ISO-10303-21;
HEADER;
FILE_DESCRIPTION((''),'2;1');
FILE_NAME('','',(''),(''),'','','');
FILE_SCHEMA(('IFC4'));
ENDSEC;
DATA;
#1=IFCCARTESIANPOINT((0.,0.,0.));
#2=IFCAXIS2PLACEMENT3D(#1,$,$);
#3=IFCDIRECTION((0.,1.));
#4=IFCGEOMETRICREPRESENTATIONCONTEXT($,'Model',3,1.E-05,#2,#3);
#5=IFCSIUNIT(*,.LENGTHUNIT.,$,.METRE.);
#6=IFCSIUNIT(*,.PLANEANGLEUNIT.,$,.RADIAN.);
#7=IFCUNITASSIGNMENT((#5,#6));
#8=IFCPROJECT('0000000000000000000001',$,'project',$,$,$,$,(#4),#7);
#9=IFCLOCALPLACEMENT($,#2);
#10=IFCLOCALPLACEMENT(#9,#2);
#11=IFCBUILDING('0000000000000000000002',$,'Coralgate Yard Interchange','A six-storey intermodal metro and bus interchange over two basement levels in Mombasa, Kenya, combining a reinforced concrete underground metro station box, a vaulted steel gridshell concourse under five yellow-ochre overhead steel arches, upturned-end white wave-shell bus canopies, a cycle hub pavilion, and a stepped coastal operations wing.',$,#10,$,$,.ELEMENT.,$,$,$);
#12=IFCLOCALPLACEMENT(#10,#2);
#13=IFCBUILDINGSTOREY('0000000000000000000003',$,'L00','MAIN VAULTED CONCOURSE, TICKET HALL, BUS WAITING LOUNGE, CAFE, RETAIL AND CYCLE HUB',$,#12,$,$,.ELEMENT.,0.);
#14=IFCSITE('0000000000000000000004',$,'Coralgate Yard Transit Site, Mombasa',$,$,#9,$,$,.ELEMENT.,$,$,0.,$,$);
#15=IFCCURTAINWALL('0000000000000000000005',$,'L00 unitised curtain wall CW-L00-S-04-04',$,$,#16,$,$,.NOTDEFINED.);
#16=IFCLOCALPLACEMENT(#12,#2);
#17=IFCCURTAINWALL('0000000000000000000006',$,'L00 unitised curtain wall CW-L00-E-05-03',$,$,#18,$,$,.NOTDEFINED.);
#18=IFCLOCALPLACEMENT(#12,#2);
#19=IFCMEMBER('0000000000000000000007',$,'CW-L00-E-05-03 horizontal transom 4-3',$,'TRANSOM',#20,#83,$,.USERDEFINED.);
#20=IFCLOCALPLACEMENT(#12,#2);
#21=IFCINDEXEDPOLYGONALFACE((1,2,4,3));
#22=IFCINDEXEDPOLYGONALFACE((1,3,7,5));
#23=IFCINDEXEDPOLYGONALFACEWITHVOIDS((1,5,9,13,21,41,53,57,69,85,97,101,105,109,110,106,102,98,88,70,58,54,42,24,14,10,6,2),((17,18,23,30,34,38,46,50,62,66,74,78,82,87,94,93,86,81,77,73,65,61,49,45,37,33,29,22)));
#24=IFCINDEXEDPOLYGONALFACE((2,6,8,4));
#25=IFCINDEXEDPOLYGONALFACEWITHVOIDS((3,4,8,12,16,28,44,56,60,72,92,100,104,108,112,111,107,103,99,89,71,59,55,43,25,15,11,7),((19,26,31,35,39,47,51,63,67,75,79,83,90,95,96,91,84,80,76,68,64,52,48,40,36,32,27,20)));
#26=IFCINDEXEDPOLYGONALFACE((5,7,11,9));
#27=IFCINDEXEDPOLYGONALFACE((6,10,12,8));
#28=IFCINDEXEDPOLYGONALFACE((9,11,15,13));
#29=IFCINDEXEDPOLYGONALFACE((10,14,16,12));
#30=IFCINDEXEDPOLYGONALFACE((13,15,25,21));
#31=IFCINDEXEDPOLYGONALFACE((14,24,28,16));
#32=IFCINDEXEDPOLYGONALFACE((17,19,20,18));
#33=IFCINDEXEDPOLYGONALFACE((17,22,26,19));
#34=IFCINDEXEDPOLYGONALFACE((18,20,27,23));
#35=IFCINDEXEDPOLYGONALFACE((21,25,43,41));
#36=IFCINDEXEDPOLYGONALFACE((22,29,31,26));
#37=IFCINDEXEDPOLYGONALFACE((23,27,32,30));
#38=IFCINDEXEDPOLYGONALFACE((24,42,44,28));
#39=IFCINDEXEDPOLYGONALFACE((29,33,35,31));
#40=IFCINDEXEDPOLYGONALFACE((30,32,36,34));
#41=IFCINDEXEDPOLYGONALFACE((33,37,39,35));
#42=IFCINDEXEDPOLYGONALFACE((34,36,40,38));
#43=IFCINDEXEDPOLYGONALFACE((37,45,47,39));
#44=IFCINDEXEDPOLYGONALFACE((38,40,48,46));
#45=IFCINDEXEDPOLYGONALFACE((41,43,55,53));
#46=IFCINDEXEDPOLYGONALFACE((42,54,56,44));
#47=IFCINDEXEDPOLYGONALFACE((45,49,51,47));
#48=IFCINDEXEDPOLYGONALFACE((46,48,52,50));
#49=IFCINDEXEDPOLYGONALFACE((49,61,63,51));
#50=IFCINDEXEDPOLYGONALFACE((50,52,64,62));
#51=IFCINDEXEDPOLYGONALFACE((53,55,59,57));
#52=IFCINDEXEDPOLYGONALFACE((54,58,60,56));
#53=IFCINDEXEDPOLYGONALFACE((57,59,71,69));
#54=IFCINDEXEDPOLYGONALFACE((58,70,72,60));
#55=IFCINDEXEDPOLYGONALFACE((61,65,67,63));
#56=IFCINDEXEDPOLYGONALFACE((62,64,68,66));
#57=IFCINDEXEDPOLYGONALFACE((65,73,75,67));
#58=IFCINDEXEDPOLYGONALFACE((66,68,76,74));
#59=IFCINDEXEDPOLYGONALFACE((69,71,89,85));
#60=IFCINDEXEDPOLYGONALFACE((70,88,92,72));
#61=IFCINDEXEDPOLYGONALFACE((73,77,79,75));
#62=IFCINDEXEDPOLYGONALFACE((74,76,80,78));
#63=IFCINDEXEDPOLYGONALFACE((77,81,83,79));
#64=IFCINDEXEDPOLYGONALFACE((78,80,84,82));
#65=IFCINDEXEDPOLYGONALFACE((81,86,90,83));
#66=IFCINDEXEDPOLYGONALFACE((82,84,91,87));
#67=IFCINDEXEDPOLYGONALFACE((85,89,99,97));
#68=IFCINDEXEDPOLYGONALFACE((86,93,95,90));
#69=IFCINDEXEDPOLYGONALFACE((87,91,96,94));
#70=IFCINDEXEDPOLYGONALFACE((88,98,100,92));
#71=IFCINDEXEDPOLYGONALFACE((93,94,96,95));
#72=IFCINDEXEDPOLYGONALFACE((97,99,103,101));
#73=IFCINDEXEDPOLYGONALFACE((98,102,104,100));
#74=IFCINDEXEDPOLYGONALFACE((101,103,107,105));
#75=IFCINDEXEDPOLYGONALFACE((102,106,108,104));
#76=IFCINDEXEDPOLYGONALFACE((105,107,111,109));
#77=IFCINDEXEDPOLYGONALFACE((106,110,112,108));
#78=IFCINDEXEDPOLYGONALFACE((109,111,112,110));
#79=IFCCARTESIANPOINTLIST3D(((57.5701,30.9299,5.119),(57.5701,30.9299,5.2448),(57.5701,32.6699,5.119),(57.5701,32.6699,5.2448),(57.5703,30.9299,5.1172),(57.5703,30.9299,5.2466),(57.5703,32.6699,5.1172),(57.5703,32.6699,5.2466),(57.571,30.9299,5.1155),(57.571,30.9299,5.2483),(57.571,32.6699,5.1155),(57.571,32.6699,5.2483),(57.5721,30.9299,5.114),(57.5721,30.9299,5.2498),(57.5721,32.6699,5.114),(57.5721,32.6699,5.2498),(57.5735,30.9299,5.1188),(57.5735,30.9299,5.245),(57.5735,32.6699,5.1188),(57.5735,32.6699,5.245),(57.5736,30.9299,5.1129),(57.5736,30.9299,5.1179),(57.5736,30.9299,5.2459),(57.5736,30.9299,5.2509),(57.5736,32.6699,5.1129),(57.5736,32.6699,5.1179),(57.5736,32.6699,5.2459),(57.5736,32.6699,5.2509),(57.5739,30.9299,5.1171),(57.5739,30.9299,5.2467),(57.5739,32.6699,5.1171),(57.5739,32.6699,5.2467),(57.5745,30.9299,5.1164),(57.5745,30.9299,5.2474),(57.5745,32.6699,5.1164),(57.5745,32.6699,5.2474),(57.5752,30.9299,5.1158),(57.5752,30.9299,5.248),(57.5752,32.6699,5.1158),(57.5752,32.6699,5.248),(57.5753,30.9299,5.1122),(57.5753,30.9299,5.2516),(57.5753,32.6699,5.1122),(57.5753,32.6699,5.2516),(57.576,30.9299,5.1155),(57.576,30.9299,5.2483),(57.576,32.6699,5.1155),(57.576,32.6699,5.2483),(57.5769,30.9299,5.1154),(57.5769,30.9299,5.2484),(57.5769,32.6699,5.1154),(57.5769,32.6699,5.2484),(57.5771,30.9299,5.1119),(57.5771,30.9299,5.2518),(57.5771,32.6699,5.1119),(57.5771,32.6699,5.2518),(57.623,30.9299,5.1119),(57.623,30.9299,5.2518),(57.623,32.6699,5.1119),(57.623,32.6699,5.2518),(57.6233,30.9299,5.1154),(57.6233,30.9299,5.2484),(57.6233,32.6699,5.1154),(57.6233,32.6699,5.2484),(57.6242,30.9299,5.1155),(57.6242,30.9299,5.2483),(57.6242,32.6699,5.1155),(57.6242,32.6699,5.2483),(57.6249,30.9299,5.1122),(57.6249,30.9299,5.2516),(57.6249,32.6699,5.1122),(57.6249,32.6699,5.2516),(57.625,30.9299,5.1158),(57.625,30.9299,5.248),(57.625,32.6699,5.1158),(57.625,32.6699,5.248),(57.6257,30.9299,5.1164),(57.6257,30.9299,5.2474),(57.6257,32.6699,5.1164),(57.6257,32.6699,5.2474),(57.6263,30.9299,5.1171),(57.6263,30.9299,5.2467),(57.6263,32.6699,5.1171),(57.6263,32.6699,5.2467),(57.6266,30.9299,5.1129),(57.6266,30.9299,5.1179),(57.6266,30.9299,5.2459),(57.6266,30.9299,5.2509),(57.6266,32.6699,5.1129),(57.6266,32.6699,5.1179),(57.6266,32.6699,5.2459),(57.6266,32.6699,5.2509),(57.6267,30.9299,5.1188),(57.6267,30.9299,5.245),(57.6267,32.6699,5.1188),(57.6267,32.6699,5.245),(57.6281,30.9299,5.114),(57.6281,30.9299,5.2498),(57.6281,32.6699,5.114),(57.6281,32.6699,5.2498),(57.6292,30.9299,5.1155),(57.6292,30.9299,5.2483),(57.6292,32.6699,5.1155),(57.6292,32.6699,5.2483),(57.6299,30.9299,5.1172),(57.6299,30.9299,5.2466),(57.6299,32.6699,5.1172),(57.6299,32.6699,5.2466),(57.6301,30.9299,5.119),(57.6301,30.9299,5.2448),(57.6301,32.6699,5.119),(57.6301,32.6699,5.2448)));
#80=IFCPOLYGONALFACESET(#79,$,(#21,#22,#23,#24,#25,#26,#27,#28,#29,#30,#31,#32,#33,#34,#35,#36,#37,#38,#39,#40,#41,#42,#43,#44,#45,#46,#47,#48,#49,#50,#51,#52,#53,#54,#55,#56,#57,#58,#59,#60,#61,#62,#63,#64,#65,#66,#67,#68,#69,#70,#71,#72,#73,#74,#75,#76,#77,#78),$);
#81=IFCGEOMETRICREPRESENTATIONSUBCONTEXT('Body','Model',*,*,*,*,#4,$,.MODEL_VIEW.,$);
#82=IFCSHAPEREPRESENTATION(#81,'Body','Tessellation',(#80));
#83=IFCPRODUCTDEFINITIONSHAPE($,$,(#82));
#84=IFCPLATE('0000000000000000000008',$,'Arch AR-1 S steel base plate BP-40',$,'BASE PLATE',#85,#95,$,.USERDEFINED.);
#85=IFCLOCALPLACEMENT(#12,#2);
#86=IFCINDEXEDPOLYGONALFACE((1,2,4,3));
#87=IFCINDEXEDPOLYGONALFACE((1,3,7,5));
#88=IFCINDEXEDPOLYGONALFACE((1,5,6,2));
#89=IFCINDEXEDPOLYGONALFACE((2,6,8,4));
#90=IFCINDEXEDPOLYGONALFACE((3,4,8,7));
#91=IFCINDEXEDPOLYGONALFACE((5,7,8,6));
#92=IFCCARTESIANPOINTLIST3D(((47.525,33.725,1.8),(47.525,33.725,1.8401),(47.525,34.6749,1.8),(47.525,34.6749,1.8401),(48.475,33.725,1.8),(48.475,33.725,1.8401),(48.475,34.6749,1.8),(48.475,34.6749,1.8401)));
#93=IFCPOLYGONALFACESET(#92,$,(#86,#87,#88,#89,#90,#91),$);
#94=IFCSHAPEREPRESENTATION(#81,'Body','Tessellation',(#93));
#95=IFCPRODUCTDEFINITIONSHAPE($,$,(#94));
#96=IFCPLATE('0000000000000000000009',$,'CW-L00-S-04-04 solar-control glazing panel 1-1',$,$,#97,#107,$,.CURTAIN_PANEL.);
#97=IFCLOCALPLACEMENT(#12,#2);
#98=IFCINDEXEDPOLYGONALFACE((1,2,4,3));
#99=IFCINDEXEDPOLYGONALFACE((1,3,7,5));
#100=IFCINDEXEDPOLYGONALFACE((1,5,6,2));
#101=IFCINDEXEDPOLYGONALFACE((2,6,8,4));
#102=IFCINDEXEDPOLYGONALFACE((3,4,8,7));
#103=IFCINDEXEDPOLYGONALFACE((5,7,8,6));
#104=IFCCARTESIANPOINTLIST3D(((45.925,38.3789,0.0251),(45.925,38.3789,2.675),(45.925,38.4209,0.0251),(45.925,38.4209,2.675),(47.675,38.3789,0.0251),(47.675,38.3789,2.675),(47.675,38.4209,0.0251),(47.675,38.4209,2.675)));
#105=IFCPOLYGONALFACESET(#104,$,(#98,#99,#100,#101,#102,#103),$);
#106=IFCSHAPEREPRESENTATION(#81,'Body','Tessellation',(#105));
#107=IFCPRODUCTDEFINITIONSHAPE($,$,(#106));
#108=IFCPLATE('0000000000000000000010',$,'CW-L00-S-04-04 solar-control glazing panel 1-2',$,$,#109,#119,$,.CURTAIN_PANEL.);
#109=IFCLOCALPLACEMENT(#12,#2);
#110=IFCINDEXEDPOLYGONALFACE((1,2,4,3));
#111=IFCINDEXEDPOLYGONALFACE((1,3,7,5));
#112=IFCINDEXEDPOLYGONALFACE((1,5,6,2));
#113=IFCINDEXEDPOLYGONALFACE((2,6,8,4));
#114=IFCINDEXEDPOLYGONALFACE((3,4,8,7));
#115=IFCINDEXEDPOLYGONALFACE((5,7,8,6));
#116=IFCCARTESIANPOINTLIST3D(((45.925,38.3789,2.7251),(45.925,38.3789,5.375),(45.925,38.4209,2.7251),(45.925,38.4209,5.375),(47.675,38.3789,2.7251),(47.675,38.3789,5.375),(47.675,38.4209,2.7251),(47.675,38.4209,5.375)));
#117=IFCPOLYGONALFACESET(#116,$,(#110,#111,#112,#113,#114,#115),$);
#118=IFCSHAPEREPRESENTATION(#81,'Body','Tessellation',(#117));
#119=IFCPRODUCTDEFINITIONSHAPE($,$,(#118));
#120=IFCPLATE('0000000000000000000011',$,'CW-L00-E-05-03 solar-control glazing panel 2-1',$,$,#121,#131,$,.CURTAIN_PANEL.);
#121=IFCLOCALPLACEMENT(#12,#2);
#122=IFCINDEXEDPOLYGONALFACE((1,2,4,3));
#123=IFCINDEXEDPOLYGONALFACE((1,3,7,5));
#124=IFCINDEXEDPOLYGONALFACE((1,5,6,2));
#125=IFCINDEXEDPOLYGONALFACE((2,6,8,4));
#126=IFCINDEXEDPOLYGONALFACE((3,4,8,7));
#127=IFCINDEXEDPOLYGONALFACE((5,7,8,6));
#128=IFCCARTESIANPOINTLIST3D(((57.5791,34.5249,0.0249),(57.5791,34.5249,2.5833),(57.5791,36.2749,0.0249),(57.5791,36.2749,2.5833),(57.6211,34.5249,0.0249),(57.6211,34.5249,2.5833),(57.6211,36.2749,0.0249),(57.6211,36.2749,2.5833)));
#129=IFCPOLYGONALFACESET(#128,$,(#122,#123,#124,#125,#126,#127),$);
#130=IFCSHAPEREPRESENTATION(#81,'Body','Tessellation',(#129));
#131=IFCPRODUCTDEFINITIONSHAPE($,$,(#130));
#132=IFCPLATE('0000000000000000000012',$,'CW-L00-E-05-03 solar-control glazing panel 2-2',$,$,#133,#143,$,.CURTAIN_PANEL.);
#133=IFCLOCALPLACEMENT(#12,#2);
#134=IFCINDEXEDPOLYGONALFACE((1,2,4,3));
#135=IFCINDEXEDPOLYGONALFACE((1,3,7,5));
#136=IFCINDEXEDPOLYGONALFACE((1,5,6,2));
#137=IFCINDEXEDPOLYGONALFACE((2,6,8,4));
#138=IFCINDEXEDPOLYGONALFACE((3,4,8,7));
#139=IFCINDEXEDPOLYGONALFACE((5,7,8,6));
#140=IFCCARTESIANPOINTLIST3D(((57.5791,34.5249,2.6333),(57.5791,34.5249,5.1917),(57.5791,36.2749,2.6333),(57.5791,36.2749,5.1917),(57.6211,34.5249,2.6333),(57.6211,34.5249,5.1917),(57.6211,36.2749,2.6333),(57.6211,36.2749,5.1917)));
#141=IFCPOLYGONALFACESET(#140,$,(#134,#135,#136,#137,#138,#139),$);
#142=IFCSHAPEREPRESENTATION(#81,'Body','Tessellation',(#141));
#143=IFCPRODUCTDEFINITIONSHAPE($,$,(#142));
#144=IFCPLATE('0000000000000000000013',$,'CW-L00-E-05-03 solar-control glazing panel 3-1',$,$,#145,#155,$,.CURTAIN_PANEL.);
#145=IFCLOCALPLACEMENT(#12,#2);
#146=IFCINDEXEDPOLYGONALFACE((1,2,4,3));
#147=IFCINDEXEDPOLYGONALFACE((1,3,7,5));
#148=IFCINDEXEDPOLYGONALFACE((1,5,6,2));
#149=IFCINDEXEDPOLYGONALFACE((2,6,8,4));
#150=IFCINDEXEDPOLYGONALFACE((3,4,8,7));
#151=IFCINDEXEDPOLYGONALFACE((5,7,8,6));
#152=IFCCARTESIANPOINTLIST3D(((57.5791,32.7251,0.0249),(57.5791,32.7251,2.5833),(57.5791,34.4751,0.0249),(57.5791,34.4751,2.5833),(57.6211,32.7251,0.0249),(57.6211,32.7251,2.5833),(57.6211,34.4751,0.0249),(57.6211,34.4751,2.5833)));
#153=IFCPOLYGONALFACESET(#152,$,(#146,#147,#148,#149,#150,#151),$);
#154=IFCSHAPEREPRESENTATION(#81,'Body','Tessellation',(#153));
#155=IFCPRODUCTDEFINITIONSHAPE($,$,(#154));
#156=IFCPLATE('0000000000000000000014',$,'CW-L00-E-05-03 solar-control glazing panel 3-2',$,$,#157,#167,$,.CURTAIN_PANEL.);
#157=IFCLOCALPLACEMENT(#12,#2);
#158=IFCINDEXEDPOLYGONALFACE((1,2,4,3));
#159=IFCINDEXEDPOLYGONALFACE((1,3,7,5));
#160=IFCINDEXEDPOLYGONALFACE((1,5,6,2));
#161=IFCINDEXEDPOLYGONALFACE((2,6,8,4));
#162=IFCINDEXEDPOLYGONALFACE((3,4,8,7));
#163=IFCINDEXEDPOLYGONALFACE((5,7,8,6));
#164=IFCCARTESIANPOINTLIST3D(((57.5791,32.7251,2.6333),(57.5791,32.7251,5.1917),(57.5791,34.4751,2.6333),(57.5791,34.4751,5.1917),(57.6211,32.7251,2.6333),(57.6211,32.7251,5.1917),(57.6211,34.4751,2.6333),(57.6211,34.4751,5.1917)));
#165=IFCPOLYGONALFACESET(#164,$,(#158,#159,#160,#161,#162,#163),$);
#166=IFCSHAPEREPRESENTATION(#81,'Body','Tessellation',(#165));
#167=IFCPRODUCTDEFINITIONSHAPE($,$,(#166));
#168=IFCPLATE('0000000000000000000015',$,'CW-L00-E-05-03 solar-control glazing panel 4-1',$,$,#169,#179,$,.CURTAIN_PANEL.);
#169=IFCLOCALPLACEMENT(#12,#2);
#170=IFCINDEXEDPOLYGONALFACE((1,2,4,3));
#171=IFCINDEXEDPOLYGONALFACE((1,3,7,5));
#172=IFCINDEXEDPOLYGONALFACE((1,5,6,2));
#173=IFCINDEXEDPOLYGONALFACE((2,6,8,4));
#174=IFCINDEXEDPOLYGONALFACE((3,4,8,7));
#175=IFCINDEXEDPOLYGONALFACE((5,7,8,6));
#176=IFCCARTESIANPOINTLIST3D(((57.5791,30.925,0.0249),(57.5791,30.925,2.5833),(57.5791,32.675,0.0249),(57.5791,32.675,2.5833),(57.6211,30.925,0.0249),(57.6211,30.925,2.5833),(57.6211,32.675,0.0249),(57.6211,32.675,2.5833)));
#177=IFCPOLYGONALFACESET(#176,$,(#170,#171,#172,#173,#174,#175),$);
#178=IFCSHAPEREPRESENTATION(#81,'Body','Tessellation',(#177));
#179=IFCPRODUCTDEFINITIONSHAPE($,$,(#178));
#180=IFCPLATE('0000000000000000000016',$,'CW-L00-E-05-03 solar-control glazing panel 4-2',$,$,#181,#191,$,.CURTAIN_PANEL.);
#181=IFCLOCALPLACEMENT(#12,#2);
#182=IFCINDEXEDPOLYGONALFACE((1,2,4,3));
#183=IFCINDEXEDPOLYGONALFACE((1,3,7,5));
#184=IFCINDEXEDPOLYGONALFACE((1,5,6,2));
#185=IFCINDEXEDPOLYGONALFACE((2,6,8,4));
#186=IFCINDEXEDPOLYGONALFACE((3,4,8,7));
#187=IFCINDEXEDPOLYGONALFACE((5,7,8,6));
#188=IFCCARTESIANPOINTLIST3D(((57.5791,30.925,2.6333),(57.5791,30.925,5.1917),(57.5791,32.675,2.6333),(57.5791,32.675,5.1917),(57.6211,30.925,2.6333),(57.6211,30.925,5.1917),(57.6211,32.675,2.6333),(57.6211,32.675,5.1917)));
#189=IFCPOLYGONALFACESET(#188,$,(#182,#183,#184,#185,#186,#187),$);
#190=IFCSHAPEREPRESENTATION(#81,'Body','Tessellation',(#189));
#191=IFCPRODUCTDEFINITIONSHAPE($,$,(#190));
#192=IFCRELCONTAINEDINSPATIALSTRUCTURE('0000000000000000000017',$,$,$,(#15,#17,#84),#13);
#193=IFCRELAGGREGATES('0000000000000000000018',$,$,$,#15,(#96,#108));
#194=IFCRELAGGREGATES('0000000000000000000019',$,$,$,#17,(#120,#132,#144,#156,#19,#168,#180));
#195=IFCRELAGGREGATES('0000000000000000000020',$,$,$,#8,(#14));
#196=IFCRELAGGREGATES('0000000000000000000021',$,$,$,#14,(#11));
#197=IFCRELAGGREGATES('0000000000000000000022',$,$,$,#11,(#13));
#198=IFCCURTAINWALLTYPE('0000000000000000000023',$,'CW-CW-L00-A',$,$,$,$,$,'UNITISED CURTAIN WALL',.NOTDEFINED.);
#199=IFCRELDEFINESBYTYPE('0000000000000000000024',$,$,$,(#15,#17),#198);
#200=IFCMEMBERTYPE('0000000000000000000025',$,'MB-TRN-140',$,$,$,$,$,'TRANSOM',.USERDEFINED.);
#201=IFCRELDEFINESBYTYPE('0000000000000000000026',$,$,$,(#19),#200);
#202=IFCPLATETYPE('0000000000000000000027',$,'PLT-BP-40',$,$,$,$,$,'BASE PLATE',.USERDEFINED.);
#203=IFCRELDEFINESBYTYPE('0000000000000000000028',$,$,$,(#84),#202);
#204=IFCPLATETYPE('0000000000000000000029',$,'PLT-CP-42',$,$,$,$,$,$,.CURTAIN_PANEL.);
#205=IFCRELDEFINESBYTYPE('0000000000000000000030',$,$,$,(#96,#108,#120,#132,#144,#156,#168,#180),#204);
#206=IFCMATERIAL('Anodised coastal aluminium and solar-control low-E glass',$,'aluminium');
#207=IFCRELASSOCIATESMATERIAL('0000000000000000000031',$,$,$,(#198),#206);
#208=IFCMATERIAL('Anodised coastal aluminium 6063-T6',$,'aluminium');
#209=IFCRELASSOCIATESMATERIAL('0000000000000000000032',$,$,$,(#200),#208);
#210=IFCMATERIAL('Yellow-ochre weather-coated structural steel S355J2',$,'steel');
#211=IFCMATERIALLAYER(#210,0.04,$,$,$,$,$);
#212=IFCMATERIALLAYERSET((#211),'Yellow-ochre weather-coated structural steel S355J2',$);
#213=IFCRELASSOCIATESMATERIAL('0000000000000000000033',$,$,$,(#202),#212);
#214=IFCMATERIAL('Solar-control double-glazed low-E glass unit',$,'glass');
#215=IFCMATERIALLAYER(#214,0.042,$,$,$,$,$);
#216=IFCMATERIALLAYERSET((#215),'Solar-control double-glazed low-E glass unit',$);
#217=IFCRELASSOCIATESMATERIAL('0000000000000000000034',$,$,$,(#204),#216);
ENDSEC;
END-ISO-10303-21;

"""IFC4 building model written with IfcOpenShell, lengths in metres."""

from ifc_helpers import new_model, si_unit, direction, frame, origin, origin_2d, place, context, subcontext, project, spatial, rectangle, hollow_rectangle, extrude, material, layer, layer_set, material_profile, profile_set, type_object, element, aggregate, save


model = new_model("IFC4")

# Units and contexts
model_context = context("Model", 3, precision=1e-05, world=origin(), true_north=direction((0.0, 1.0)))
body_context = subcontext(model_context, "Body", "Model", "MODEL_VIEW")
ifc_project = project(units=[si_unit("LENGTHUNIT", "METRE"), si_unit("PLANEANGLEUNIT", "RADIAN")], contexts=[model_context])

# Site, building, storey
site_placement = place(None, origin())
site = spatial("IfcSite", under=ifc_project, at=site_placement, Name="Coralgate Yard Transit Site, Mombasa", CompositionType="ELEMENT", RefElevation=0.0)
building_placement = place(site_placement, origin())
building = spatial("IfcBuilding", under=site, at=building_placement, Name="Coralgate Yard Interchange", Description="A six-storey intermodal metro and bus interchange over two basement levels in Mombasa, Kenya, combining a reinforced concrete underground metro station box, a vaulted steel gridshell concourse under five yellow-ochre overhead steel arches, upturned-end white wave-shell bus canopies, a cycle hub pavilion, and a stepped coastal operations wing.", CompositionType="ELEMENT")
storey_placement = place(building_placement, origin())
storey = spatial("IfcBuildingStorey", under=building, at=storey_placement, Name="L00", Description="MAIN VAULTED CONCOURSE, TICKET HALL, BUS WAITING LOUNGE, CAFE, RETAIL AND CYCLE HUB", CompositionType="ELEMENT", Elevation=0.0)

# Curtain wall
ifc_material_1 = material(Name="Anodised coastal aluminium and solar-control low-E glass", Category="aluminium")
curtain_wall_type = type_object("IfcCurtainWallType", Name="CW-CW-L00-A", ElementType="UNITISED CURTAIN WALL", PredefinedType="NOTDEFINED", material=ifc_material_1)
curtain_wall_1_placement = place(storey_placement, origin())
curtain_wall_1 = element("IfcCurtainWall", 1, at=curtain_wall_1_placement, inside=storey, type_object=curtain_wall_type, Name="L00 unitised curtain wall CW-L00-S-04-04", PredefinedType="NOTDEFINED")
ifc_material_2 = material(Name="Anodised coastal aluminium 6063-T6", Category="aluminium")

# Curtain wall
curtain_wall_2_placement = place(storey_placement, origin())
curtain_wall_2 = element("IfcCurtainWall", 2, at=curtain_wall_2_placement, inside=storey, type_object=curtain_wall_type, Name="L00 unitised curtain wall CW-L00-E-05-03", PredefinedType="NOTDEFINED")

# Member
ifc_material_profile_1 = material_profile(ifc_material_2, hollow_rectangle(XDim=0.0601, YDim=0.1399, WallThickness=0.0034, InnerFilletRadius=0.0034, OuterFilletRadius=0.0071, at=origin_2d()), Name="ALU 60x140x3.5")
ifc_profile_set_1 = profile_set([ifc_material_profile_1], Name="Anodised coastal aluminium 6063-T6")
member_type_1 = type_object("IfcMemberType", Name="MB-TRN-140", ElementType="TRANSOM", PredefinedType="USERDEFINED", material=ifc_profile_set_1)
member_1_placement = place(storey_placement, frame((57.6001, 32.6699, 5.1819), z_axis=(0.0, -1.0, 0.0), x_axis=(1.0, 0.0, 0.0)))
member_1 = element("IfcMember", 3, at=member_1_placement, type_object=member_type_1, Name="CW-L00-E-05-03 horizontal transom 4-3", ObjectType="TRANSOM", PredefinedType="USERDEFINED", context=body_context, shape_type="SweptSolid", body=[
    extrude(hollow_rectangle(XDim=0.0601, YDim=0.1399, WallThickness=0.0034, InnerFilletRadius=0.0034, OuterFilletRadius=0.0071, at=origin_2d()), origin(), (0.0, 0.0, 1.0), 1.74),
])

# Plates
ifc_material_3 = material(Name="Yellow-ochre weather-coated structural steel S355J2", Category="steel")
ifc_layer_1 = layer(ifc_material_3, 0.04)
ifc_layer_set_1 = layer_set([ifc_layer_1], Name="Yellow-ochre weather-coated structural steel S355J2")
plate_type_1 = type_object("IfcPlateType", Name="PLT-BP-40", ElementType="BASE PLATE", PredefinedType="USERDEFINED", material=ifc_layer_set_1)
plate_1_placement = place(storey_placement, frame((48.0, 34.2, 1.8), z_axis=(0.0, 0.0, 1.0), x_axis=(1.0, 0.0, 0.0)))
element("IfcPlate", 4, at=plate_1_placement, inside=storey, type_object=plate_type_1, Name="Arch AR-1 S steel base plate BP-40", ObjectType="BASE PLATE", PredefinedType="USERDEFINED", context=body_context, shape_type="SweptSolid", body=[
    extrude(rectangle(XDim=0.95, YDim=0.95, at=origin_2d()), origin(), (0.0, 0.0, 1.0), 0.04),
])
ifc_material_4 = material(Name="Solar-control double-glazed low-E glass unit", Category="glass")
ifc_layer_2 = layer(ifc_material_4, 0.042)
ifc_layer_set_2 = layer_set([ifc_layer_2], Name="Solar-control double-glazed low-E glass unit")
plate_type_2 = type_object("IfcPlateType", Name="PLT-CP-42", PredefinedType="CURTAIN_PANEL", material=ifc_layer_set_2)
plate_2_placement = place(storey_placement, frame((46.8, 38.3999, 0.0251), z_axis=(0.0, 0.0, 1.0), x_axis=(-1.0, 0.0, 0.0)))
plate_2 = element("IfcPlate", 5, at=plate_2_placement, type_object=plate_type_2, Name="CW-L00-S-04-04 solar-control glazing panel 1-1", PredefinedType="CURTAIN_PANEL", context=body_context, shape_type="SweptSolid", body=[
    extrude(rectangle(XDim=1.75, YDim=0.042, at=origin_2d()), origin(), (0.0, 0.0, 1.0), 2.6499),
])
plate_3_placement = place(storey_placement, frame((46.8, 38.3999, 2.7251), z_axis=(0.0, 0.0, 1.0), x_axis=(-1.0, 0.0, 0.0)))
plate_3 = element("IfcPlate", 6, at=plate_3_placement, type_object=plate_type_2, Name="CW-L00-S-04-04 solar-control glazing panel 1-2", PredefinedType="CURTAIN_PANEL", context=body_context, shape_type="SweptSolid", body=[
    extrude(rectangle(XDim=1.75, YDim=0.042, at=origin_2d()), origin(), (0.0, 0.0, 1.0), 2.6499),
])
aggregate(curtain_wall_1, [plate_2, plate_3])
plate_4_placement = place(storey_placement, frame((57.6001, 35.3999, 0.0249), z_axis=(0.0, 0.0, 1.0), x_axis=(0.0, -1.0, 0.0)))
plate_4 = element("IfcPlate", 7, at=plate_4_placement, type_object=plate_type_2, Name="CW-L00-E-05-03 solar-control glazing panel 2-1", PredefinedType="CURTAIN_PANEL", context=body_context, shape_type="SweptSolid", body=[
    extrude(rectangle(XDim=1.75, YDim=0.042, at=origin_2d()), origin(), (0.0, 0.0, 1.0), 2.5583),
])
plate_5_placement = place(storey_placement, frame((57.6001, 35.3999, 2.6333), z_axis=(0.0, 0.0, 1.0), x_axis=(0.0, -1.0, 0.0)))
plate_5 = element("IfcPlate", 8, at=plate_5_placement, type_object=plate_type_2, Name="CW-L00-E-05-03 solar-control glazing panel 2-2", PredefinedType="CURTAIN_PANEL", context=body_context, shape_type="SweptSolid", body=[
    extrude(rectangle(XDim=1.75, YDim=0.042, at=origin_2d()), origin(), (0.0, 0.0, 1.0), 2.5583),
])
plate_6_placement = place(storey_placement, frame((57.6001, 33.6001, 0.0249), z_axis=(0.0, 0.0, 1.0), x_axis=(0.0, -1.0, 0.0)))
plate_6 = element("IfcPlate", 9, at=plate_6_placement, type_object=plate_type_2, Name="CW-L00-E-05-03 solar-control glazing panel 3-1", PredefinedType="CURTAIN_PANEL", context=body_context, shape_type="SweptSolid", body=[
    extrude(rectangle(XDim=1.75, YDim=0.042, at=origin_2d()), origin(), (0.0, 0.0, 1.0), 2.5583),
])
plate_7_placement = place(storey_placement, frame((57.6001, 33.6001, 2.6333), z_axis=(0.0, 0.0, 1.0), x_axis=(0.0, -1.0, 0.0)))
plate_7 = element("IfcPlate", 10, at=plate_7_placement, type_object=plate_type_2, Name="CW-L00-E-05-03 solar-control glazing panel 3-2", PredefinedType="CURTAIN_PANEL", context=body_context, shape_type="SweptSolid", body=[
    extrude(rectangle(XDim=1.75, YDim=0.042, at=origin_2d()), origin(), (0.0, 0.0, 1.0), 2.5583),
])
plate_8_placement = place(storey_placement, frame((57.6001, 31.8, 0.0249), z_axis=(0.0, 0.0, 1.0), x_axis=(0.0, -1.0, 0.0)))
plate_8 = element("IfcPlate", 11, at=plate_8_placement, type_object=plate_type_2, Name="CW-L00-E-05-03 solar-control glazing panel 4-1", PredefinedType="CURTAIN_PANEL", context=body_context, shape_type="SweptSolid", body=[
    extrude(rectangle(XDim=1.75, YDim=0.042, at=origin_2d()), origin(), (0.0, 0.0, 1.0), 2.5583),
])
plate_9_placement = place(storey_placement, frame((57.6001, 31.8, 2.6333), z_axis=(0.0, 0.0, 1.0), x_axis=(0.0, -1.0, 0.0)))
plate_9 = element("IfcPlate", 12, at=plate_9_placement, type_object=plate_type_2, Name="CW-L00-E-05-03 solar-control glazing panel 4-2", PredefinedType="CURTAIN_PANEL", context=body_context, shape_type="SweptSolid", body=[
    extrude(rectangle(XDim=1.75, YDim=0.042, at=origin_2d()), origin(), (0.0, 0.0, 1.0), 2.5583),
])
aggregate(curtain_wall_2, [plate_4, plate_5, plate_6, plate_7, member_1, plate_8, plate_9])

save(model, "model.ifc")
